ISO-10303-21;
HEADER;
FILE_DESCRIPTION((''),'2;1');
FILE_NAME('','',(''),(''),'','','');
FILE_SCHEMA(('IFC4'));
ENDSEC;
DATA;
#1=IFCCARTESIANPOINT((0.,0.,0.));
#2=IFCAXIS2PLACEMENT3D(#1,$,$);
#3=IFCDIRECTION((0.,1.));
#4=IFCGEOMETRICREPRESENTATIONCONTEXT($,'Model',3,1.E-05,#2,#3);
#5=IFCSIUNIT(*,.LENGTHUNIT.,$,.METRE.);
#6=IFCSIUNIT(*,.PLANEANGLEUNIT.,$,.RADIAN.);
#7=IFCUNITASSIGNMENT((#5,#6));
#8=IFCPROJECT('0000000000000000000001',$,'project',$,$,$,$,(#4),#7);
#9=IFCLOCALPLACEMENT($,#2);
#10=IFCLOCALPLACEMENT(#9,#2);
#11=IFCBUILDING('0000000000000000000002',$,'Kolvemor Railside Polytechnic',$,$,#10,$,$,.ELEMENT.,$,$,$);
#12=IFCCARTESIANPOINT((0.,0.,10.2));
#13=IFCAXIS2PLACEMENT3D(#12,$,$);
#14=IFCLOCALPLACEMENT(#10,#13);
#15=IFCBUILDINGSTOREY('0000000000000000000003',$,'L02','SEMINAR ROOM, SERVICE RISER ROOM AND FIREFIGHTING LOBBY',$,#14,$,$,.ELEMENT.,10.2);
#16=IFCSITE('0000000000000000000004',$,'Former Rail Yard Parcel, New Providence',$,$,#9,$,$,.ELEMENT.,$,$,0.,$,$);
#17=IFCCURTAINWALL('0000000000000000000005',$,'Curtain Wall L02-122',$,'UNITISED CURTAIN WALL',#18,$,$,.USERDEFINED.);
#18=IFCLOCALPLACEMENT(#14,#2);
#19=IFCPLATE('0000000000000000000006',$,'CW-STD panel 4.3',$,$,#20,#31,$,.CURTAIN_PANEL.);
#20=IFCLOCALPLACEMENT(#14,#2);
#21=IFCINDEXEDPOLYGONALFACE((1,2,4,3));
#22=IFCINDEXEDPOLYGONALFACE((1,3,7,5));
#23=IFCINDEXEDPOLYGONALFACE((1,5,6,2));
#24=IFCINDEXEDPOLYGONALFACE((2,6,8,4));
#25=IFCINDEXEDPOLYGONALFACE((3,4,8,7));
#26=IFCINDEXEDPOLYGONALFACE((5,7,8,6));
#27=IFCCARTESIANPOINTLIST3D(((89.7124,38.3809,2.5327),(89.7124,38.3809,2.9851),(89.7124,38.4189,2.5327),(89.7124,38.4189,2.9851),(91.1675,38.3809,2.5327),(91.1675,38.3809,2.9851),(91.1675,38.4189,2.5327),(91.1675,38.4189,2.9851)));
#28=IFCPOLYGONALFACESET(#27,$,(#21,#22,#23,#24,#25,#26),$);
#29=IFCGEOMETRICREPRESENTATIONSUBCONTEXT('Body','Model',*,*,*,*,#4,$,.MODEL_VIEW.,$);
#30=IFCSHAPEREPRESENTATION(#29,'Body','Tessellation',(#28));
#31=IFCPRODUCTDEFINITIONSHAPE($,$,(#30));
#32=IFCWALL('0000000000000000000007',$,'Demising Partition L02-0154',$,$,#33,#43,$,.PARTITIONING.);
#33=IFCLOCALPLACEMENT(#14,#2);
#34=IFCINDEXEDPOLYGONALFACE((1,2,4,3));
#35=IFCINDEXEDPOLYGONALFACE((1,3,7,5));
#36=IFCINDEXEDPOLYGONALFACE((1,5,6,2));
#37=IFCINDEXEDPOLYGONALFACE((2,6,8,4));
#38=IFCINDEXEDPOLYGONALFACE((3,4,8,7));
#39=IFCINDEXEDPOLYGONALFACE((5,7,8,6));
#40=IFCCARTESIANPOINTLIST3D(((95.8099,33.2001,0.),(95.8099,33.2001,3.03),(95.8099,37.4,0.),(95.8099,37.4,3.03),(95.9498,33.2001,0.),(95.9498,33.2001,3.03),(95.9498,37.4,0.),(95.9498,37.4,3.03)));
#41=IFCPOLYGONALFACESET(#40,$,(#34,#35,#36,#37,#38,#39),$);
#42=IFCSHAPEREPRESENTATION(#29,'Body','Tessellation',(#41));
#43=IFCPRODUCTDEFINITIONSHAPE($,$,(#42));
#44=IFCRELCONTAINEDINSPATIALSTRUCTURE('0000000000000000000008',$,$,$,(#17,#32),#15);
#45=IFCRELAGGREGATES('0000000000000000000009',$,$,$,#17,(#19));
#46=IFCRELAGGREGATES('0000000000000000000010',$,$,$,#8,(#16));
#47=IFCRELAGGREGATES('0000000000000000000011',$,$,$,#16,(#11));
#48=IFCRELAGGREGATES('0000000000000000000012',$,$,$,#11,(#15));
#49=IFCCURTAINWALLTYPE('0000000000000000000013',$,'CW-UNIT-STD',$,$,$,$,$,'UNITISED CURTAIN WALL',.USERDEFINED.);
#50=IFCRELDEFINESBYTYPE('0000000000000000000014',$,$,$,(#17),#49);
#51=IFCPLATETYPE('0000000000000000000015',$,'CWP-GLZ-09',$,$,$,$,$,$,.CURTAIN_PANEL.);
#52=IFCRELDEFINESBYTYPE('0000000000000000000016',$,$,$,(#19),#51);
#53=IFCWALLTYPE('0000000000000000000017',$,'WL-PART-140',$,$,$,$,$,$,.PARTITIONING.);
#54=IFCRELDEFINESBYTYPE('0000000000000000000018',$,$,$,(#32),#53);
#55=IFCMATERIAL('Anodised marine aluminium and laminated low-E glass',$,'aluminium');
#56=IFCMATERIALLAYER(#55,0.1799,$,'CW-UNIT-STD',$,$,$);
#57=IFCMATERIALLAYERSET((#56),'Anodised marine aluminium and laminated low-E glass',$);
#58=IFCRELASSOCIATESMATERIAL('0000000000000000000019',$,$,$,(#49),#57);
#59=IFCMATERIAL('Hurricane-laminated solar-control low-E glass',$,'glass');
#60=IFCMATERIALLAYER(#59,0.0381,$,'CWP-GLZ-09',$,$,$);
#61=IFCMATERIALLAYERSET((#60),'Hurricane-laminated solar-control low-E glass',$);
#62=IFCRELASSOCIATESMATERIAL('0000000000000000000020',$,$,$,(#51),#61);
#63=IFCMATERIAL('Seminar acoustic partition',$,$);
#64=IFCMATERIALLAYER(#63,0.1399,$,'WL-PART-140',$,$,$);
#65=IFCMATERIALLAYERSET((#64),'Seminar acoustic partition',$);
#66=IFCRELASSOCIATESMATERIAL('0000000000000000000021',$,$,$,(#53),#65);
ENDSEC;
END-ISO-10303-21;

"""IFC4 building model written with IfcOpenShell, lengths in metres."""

from ifc_helpers import new_model, si_unit, direction, frame, frame_2d, origin, origin_2d, place, context, subcontext, project, spatial, rectangle, extrude, material, layer, layer_set, type_object, element, aggregate, save


model = new_model("IFC4")

# Units and contexts
model_context = context("Model", 3, precision=1e-05, world=origin(), true_north=direction((0.0, 1.0)))
body_context = subcontext(model_context, "Body", "Model", "MODEL_VIEW")
ifc_project = project(units=[si_unit("LENGTHUNIT", "METRE"), si_unit("PLANEANGLEUNIT", "RADIAN")], contexts=[model_context])

# Site, building, storey
site_placement = place(None, origin())
site = spatial("IfcSite", under=ifc_project, at=site_placement, Name="Former Rail Yard Parcel, New Providence", CompositionType="ELEMENT", RefElevation=0.0)
building_placement = place(site_placement, origin())
building = spatial("IfcBuilding", under=site, at=building_placement, Name="Kolvemor Railside Polytechnic", CompositionType="ELEMENT")
storey_placement = place(building_placement, frame((0.0, 0.0, 10.2)))
storey = spatial("IfcBuildingStorey", under=building, at=storey_placement, Name="L02", Description="SEMINAR ROOM, SERVICE RISER ROOM AND FIREFIGHTING LOBBY", CompositionType="ELEMENT", Elevation=10.2)

# Curtain wall, plate
ifc_material_1 = material(Name="Anodised marine aluminium and laminated low-E glass", Category="aluminium")
ifc_layer_1 = layer(ifc_material_1, 0.1799, Name="CW-UNIT-STD")
ifc_layer_set_1 = layer_set([ifc_layer_1], Name="Anodised marine aluminium and laminated low-E glass")
curtain_wall_type = type_object("IfcCurtainWallType", Name="CW-UNIT-STD", ElementType="UNITISED CURTAIN WALL", PredefinedType="USERDEFINED", material=ifc_layer_set_1)
curtain_wall_placement = place(storey_placement, origin())
curtain_wall = element("IfcCurtainWall", 1, at=curtain_wall_placement, inside=storey, type_object=curtain_wall_type, Name="Curtain Wall L02-122", ObjectType="UNITISED CURTAIN WALL", PredefinedType="USERDEFINED")
ifc_material_2 = material(Name="Hurricane-laminated solar-control low-E glass", Category="glass")
ifc_layer_2 = layer(ifc_material_2, 0.0381, Name="CWP-GLZ-09")
ifc_layer_set_2 = layer_set([ifc_layer_2], Name="Hurricane-laminated solar-control low-E glass")
plate_type = type_object("IfcPlateType", Name="CWP-GLZ-09", PredefinedType="CURTAIN_PANEL", material=ifc_layer_set_2)
plate_1_placement = place(storey_placement, frame((90.4399, 38.3999, 2.5327), z_axis=(0.0, 0.0, 1.0), x_axis=(-1.0, 0.0, 0.0)))
plate_1 = element("IfcPlate", 2, at=plate_1_placement, type_object=plate_type, Name="CW-STD panel 4.3", PredefinedType="CURTAIN_PANEL", context=body_context, shape_type="SweptSolid", body=[
    extrude(rectangle(XDim=1.4551, YDim=0.0381, at=origin_2d()), origin(), (0.0, 0.0, 1.0), 0.4524),
])
aggregate(curtain_wall, [plate_1])

# Wall
ifc_material_3 = material(Name="Seminar acoustic partition")
ifc_layer_3 = layer(ifc_material_3, 0.1399, Name="WL-PART-140")
ifc_layer_set_3 = layer_set([ifc_layer_3], Name="Seminar acoustic partition")
wall_type = type_object("IfcWallType", Name="WL-PART-140", PredefinedType="PARTITIONING", material=ifc_layer_set_3)
wall_placement = place(storey_placement, frame((95.8799, 33.2, 0.0), z_axis=(0.0, 0.0, 1.0), x_axis=(0.0, 1.0, 0.0)))
element("IfcWall", 3, at=wall_placement, inside=storey, type_object=wall_type, Name="Demising Partition L02-0154", PredefinedType="PARTITIONING", context=body_context, shape_type="SweptSolid", body=[
    extrude(rectangle(XDim=4.2, YDim=0.1399, at=frame_2d((2.1001, 0.0))), origin(), (0.0, 0.0, 1.0), 3.03),
])

save(model, "model.ifc")
